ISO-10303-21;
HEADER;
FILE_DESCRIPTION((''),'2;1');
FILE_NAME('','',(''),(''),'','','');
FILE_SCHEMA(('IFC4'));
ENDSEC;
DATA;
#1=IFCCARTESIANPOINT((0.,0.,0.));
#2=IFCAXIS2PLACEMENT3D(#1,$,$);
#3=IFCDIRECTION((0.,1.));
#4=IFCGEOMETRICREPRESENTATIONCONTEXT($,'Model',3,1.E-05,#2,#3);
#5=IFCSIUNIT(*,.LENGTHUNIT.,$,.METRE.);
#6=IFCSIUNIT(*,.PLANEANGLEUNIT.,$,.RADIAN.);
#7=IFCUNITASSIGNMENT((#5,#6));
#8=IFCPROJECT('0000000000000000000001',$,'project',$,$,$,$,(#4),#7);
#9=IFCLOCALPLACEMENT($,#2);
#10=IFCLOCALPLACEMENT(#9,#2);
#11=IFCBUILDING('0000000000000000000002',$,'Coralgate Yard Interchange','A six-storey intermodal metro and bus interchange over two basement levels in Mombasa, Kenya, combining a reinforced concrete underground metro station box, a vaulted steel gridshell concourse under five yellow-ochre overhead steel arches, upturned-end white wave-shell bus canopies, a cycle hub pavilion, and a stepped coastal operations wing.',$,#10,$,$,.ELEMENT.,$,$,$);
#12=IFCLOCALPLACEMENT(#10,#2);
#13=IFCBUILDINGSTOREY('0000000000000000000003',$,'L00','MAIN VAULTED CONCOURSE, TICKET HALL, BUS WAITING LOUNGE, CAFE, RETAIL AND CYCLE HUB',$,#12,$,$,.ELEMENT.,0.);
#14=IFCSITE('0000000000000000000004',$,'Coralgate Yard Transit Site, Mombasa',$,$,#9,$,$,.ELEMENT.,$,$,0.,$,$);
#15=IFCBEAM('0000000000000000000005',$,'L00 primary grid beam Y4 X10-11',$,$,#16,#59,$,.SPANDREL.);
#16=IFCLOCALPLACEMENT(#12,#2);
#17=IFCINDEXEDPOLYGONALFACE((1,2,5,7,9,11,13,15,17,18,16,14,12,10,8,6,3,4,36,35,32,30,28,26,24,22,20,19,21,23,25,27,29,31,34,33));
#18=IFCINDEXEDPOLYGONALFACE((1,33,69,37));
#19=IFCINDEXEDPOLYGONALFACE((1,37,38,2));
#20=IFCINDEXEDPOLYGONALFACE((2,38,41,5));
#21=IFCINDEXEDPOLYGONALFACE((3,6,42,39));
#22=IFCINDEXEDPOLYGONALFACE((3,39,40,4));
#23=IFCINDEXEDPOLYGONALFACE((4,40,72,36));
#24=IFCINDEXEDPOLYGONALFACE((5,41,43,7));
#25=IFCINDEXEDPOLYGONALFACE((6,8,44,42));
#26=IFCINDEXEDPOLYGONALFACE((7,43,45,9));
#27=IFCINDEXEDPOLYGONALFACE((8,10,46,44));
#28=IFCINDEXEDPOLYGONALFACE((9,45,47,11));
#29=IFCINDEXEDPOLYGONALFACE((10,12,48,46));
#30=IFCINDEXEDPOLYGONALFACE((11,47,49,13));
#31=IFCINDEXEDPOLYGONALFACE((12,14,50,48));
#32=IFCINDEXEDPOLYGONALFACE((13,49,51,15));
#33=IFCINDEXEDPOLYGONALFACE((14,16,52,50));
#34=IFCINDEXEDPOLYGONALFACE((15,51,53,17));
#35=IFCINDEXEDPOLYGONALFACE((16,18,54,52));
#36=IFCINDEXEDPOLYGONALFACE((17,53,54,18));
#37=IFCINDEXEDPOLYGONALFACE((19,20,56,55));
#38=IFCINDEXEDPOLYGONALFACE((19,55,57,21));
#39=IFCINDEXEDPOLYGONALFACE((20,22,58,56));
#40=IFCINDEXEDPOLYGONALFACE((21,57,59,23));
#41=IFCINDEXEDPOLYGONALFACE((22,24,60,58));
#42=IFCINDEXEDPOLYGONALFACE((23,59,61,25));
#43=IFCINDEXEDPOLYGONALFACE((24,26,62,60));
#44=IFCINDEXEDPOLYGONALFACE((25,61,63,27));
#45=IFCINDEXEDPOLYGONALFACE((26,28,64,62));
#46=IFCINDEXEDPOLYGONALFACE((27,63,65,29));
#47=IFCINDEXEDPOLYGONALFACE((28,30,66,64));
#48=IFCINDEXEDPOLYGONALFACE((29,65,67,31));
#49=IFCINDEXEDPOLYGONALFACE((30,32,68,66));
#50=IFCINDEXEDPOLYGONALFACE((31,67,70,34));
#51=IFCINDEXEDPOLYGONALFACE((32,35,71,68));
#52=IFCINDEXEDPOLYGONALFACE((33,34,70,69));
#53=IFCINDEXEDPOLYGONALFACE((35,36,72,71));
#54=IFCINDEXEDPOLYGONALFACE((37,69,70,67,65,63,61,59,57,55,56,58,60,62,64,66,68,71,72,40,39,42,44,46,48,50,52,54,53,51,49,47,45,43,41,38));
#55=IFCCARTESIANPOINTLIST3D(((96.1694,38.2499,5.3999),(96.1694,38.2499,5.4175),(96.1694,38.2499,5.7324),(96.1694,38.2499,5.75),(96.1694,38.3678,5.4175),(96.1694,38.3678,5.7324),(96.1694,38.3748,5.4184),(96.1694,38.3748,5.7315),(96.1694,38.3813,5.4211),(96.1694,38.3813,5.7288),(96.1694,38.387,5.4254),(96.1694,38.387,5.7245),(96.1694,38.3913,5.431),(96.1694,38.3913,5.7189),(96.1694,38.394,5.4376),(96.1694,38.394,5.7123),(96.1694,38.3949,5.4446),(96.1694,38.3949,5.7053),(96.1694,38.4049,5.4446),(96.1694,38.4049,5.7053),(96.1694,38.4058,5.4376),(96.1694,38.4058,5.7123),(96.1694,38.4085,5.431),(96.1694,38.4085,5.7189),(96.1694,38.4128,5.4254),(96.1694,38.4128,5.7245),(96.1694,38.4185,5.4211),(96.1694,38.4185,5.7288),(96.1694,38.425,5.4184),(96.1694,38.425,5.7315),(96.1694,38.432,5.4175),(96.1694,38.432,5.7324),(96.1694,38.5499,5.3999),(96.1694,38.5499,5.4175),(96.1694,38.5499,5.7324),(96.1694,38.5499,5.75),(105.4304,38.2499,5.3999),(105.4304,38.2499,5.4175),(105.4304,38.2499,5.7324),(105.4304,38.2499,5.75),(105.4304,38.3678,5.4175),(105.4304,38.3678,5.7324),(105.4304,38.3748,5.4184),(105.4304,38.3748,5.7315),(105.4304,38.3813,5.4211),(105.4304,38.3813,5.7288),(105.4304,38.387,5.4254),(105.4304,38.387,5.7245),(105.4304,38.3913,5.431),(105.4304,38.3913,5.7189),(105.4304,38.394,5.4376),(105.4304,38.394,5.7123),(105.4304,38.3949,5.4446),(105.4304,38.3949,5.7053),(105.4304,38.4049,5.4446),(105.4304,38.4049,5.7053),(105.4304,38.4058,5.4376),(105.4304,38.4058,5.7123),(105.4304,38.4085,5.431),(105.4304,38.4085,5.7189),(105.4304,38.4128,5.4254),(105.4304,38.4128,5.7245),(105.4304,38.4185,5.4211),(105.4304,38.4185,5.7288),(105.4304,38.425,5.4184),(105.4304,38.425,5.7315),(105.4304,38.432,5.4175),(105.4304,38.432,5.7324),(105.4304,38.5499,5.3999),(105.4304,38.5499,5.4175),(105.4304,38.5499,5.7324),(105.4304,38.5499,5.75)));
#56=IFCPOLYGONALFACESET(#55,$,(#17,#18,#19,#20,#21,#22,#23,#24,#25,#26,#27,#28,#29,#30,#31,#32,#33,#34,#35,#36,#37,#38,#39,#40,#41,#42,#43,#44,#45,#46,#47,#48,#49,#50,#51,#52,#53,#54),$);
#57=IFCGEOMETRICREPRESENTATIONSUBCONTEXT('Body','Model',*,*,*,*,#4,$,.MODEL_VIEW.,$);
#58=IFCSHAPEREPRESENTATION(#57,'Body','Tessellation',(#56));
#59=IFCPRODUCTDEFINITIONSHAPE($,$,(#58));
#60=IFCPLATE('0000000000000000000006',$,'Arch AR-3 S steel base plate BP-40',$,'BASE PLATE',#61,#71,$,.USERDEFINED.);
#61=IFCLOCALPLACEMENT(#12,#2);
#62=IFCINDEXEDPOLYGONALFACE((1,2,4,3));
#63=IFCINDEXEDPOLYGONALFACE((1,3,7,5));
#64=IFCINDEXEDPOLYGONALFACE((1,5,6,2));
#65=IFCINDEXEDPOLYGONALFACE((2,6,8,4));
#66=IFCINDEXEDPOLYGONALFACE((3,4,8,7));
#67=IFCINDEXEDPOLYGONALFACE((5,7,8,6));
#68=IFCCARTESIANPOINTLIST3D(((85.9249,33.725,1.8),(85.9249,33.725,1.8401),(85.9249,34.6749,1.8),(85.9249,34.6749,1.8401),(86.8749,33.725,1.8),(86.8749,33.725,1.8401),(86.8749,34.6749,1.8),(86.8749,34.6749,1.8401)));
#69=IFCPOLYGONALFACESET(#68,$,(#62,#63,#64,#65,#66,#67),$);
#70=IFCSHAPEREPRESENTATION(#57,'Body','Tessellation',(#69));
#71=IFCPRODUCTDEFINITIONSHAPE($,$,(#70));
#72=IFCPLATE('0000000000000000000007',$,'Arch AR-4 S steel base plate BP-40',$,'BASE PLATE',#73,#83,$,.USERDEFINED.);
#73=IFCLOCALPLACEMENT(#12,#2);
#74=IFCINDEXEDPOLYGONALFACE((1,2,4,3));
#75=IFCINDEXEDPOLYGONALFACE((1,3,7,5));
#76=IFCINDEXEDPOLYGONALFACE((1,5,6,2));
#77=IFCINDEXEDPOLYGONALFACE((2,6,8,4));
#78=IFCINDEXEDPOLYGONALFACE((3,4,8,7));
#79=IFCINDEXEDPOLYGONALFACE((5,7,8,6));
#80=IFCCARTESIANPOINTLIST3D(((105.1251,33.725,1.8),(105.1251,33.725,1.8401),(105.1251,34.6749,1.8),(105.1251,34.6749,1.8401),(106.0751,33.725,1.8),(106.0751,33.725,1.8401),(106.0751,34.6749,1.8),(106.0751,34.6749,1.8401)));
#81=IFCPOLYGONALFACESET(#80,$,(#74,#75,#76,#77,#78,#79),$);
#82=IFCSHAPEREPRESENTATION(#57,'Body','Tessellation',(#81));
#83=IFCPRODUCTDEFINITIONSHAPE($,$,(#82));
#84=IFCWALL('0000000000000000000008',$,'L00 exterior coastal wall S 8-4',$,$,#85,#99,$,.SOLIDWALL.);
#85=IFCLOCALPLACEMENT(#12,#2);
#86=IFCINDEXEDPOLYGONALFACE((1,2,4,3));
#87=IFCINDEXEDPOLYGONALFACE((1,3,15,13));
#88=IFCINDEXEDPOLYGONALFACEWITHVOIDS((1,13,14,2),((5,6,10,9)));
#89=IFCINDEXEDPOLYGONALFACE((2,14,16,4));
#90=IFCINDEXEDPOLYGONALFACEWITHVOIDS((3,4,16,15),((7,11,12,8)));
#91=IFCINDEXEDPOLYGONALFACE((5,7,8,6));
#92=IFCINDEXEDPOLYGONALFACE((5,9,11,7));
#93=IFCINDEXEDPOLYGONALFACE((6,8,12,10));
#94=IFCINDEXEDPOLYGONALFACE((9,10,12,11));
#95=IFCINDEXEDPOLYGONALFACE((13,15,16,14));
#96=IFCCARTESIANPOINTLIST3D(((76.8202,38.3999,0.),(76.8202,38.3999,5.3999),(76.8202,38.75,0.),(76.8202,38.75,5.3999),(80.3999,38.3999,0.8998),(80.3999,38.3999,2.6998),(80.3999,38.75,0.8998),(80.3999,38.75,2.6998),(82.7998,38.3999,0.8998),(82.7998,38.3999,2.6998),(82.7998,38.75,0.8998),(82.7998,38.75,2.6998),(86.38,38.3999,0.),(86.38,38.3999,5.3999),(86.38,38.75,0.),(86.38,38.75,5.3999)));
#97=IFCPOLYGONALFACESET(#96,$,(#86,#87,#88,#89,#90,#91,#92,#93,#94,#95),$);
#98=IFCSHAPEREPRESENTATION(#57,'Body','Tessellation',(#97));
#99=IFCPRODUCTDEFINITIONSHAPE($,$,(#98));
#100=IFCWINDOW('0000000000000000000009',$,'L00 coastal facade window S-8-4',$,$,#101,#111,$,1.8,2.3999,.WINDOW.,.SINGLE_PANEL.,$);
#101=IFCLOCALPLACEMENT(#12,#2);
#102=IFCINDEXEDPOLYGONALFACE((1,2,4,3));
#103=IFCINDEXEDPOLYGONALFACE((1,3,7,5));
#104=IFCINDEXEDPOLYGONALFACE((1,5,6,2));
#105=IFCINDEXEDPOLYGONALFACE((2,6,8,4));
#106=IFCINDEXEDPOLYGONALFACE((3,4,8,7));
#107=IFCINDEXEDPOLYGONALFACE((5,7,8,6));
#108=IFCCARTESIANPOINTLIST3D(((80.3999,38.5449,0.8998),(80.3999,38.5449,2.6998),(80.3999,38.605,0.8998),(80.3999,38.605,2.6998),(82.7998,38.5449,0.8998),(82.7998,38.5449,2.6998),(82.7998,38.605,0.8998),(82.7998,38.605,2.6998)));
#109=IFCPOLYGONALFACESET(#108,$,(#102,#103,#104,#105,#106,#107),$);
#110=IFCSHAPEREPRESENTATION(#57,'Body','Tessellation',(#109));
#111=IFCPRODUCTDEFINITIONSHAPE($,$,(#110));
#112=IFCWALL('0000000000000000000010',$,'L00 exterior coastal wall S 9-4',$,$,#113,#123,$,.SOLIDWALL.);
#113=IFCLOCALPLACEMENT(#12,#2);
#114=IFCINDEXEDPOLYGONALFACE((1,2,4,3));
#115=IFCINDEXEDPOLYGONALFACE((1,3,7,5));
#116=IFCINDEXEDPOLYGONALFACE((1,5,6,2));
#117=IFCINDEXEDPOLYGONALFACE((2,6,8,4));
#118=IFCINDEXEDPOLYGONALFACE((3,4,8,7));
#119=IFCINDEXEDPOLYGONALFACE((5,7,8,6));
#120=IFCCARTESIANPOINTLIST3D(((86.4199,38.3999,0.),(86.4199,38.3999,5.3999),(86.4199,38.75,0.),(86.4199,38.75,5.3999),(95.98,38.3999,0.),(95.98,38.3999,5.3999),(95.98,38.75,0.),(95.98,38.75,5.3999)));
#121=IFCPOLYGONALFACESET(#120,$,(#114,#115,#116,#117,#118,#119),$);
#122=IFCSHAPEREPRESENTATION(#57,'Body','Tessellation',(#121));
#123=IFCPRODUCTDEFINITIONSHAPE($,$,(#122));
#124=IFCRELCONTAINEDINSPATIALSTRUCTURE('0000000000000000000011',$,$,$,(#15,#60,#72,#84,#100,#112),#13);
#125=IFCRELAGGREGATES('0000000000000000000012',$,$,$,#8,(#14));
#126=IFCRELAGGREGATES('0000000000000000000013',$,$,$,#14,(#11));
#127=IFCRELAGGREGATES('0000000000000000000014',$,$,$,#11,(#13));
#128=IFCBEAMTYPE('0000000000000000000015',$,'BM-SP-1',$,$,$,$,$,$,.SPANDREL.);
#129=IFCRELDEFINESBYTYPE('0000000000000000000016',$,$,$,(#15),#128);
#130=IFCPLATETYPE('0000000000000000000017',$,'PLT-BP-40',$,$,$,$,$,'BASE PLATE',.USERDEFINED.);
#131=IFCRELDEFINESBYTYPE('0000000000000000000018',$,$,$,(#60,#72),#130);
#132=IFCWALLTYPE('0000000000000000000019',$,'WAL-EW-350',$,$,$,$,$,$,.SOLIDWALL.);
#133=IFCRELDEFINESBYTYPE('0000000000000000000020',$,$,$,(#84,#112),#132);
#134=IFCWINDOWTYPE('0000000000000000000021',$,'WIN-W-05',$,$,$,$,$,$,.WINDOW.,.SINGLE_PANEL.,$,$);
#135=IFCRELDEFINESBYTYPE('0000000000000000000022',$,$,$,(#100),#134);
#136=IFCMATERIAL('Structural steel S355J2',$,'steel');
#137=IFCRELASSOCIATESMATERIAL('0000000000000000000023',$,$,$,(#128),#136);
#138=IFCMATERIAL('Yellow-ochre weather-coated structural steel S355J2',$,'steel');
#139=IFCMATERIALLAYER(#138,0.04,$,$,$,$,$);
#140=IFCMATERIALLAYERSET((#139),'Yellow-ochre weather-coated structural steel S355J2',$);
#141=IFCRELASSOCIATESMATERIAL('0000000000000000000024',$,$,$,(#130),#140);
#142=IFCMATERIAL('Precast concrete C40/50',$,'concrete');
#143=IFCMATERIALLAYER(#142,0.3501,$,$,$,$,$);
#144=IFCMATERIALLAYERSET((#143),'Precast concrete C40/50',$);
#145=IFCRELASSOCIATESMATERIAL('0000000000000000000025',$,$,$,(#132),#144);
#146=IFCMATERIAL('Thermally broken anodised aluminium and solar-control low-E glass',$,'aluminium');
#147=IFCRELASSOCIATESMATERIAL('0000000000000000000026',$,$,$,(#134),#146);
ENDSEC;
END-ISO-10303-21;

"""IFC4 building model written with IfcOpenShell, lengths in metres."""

from ifc_helpers import new_model, si_unit, direction, frame, frame_2d, origin, origin_2d, place, context, subcontext, project, spatial, rectangle, i_section, extrude, material, layer, layer_set, material_profile, profile_set, type_object, element, fill, save


model = new_model("IFC4")

# Units and contexts
model_context = context("Model", 3, precision=1e-05, world=origin(), true_north=direction((0.0, 1.0)))
body_context = subcontext(model_context, "Body", "Model", "MODEL_VIEW")
ifc_project = project(units=[si_unit("LENGTHUNIT", "METRE"), si_unit("PLANEANGLEUNIT", "RADIAN")], contexts=[model_context])

# Site, building, storey
site_placement = place(None, origin())
site = spatial("IfcSite", under=ifc_project, at=site_placement, Name="Coralgate Yard Transit Site, Mombasa", CompositionType="ELEMENT", RefElevation=0.0)
building_placement = place(site_placement, origin())
building = spatial("IfcBuilding", under=site, at=building_placement, Name="Coralgate Yard Interchange", Description="A six-storey intermodal metro and bus interchange over two basement levels in Mombasa, Kenya, combining a reinforced concrete underground metro station box, a vaulted steel gridshell concourse under five yellow-ochre overhead steel arches, upturned-end white wave-shell bus canopies, a cycle hub pavilion, and a stepped coastal operations wing.", CompositionType="ELEMENT")
storey_placement = place(building_placement, origin())
storey = spatial("IfcBuildingStorey", under=building, at=storey_placement, Name="L00", Description="MAIN VAULTED CONCOURSE, TICKET HALL, BUS WAITING LOUNGE, CAFE, RETAIL AND CYCLE HUB", CompositionType="ELEMENT", Elevation=0.0)

# Shared definitions
ifc_material_1 = material(Name="Structural steel S355J2", Category="steel")

# Beam
ifc_material_profile_1 = material_profile(ifc_material_1, i_section(OverallWidth=0.3, OverallDepth=0.3501, WebThickness=0.01, FlangeThickness=0.0176, FilletRadius=0.0271, at=origin_2d()), Name="HEA 360")
ifc_profile_set_1 = profile_set([ifc_material_profile_1], Name="Structural steel S355J2")
beam_type_1 = type_object("IfcBeamType", Name="BM-SP-1", PredefinedType="SPANDREL", material=ifc_profile_set_1)
for number, where, z_axis, x_axis, name in (
    (1, (96.1694, 38.3999, 5.575), (1.0, 0.0, 0.0), (0.0, 1.0, 0.0), "L00 primary grid beam Y4 X10-11"),
):
    element("IfcBeam", number, at=place(storey_placement, frame(where, z_axis=z_axis, x_axis=x_axis)), inside=storey, type_object=beam_type_1, Name=name, PredefinedType="SPANDREL", context=body_context, shape_type="SweptSolid", body=[
        extrude(i_section(OverallWidth=0.3, OverallDepth=0.3501, WebThickness=0.01, FlangeThickness=0.0176, FilletRadius=0.0271, at=origin_2d()), origin(), (0.0, 0.0, 1.0), 9.261),
    ])

# Plates
ifc_material_2 = material(Name="Yellow-ochre weather-coated structural steel S355J2", Category="steel")
ifc_layer_1 = layer(ifc_material_2, 0.04)
ifc_layer_set_1 = layer_set([ifc_layer_1], Name="Yellow-ochre weather-coated structural steel S355J2")
plate_type = type_object("IfcPlateType", Name="PLT-BP-40", ElementType="BASE PLATE", PredefinedType="USERDEFINED", material=ifc_layer_set_1)
for number, where, z_axis, x_axis, name in (
    (2, (86.3999, 34.2, 1.8), (0.0, 0.0, 1.0), (1.0, 0.0, 0.0), "Arch AR-3 S steel base plate BP-40"),
    (3, (105.6001, 34.2, 1.8), (0.0, 0.0, 1.0), (1.0, 0.0, 0.0), "Arch AR-4 S steel base plate BP-40"),
):
    element("IfcPlate", number, at=place(storey_placement, frame(where, z_axis=z_axis, x_axis=x_axis)), inside=storey, type_object=plate_type, Name=name, ObjectType="BASE PLATE", PredefinedType="USERDEFINED", context=body_context, shape_type="SweptSolid", body=[
        extrude(rectangle(XDim=0.95, YDim=0.95, at=origin_2d()), origin(), (0.0, 0.0, 1.0), 0.04),
    ])

# Wall, opening, window
ifc_material_3 = material(Name="Precast concrete C40/50", Category="concrete")
ifc_layer_2 = layer(ifc_material_3, 0.3501)
ifc_layer_set_2 = layer_set([ifc_layer_2], Name="Precast concrete C40/50")
wall_type = type_object("IfcWallType", Name="WAL-EW-350", PredefinedType="SOLIDWALL", material=ifc_layer_set_2)
wall_1_placement = place(storey_placement, frame((86.3799, 38.575, 0.0), z_axis=(0.0, 0.0, 1.0), x_axis=(-1.0, 0.0, 0.0)))
wall_1 = element("IfcWall", 4, at=wall_1_placement, inside=storey, type_object=wall_type, Name="L00 exterior coastal wall S 8-4", PredefinedType="SOLIDWALL", context=body_context, shape_type="SweptSolid", body=[
    extrude(rectangle(XDim=9.5598, YDim=0.3501, at=frame_2d((4.7798, 0.0))), origin(), (0.0, 0.0, 1.0), 5.3999),
])
opening_placement = place(wall_1_placement, frame((3.5801, 0.0, 0.8999)))
opening = element("IfcOpeningElement", 5, at=opening_placement, cuts=wall_1, PredefinedType="OPENING", context=body_context, shape_type="SweptSolid", body=[
    extrude(rectangle(XDim=2.3999, YDim=1.8, at=frame_2d((1.2, 0.8999))), frame((0.0, 0.1851, 0.0), z_axis=(0.0, -1.0, 0.0), x_axis=(1.0, 0.0, 0.0)), (0.0, 0.0, 1.0), 0.3701),
])
ifc_material_4 = material(Name="Thermally broken anodised aluminium and solar-control low-E glass", Category="aluminium")
window_type = type_object("IfcWindowType", Name="WIN-W-05", PartitioningType="SINGLE_PANEL", PredefinedType="WINDOW", material=ifc_material_4)
window_placement = place(opening_placement, origin())
window = element("IfcWindow", 6, at=window_placement, inside=storey, type_object=window_type, Name="L00 coastal facade window S-8-4", OverallHeight=1.8, OverallWidth=2.3999, PartitioningType="SINGLE_PANEL", PredefinedType="WINDOW", context=body_context, shape_type="SweptSolid", body=[
    extrude(rectangle(XDim=2.3999, YDim=1.8, at=frame_2d((1.2, 0.8999))), frame((0.0, 0.03, 0.0), z_axis=(0.0, -1.0, 0.0), x_axis=(1.0, 0.0, 0.0)), (0.0, 0.0, 1.0), 0.0601),
])
fill(opening, window)

# Wall
wall_2_placement = place(storey_placement, frame((95.98, 38.575, 0.0), z_axis=(0.0, 0.0, 1.0), x_axis=(-1.0, 0.0, 0.0)))
element("IfcWall", 7, at=wall_2_placement, inside=storey, type_object=wall_type, Name="L00 exterior coastal wall S 9-4", PredefinedType="SOLIDWALL", context=body_context, shape_type="SweptSolid", body=[
    extrude(rectangle(XDim=9.5601, YDim=0.3501, at=frame_2d((4.78, 0.0))), origin(), (0.0, 0.0, 1.0), 5.3999),
])

save(model, "model.ifc")
